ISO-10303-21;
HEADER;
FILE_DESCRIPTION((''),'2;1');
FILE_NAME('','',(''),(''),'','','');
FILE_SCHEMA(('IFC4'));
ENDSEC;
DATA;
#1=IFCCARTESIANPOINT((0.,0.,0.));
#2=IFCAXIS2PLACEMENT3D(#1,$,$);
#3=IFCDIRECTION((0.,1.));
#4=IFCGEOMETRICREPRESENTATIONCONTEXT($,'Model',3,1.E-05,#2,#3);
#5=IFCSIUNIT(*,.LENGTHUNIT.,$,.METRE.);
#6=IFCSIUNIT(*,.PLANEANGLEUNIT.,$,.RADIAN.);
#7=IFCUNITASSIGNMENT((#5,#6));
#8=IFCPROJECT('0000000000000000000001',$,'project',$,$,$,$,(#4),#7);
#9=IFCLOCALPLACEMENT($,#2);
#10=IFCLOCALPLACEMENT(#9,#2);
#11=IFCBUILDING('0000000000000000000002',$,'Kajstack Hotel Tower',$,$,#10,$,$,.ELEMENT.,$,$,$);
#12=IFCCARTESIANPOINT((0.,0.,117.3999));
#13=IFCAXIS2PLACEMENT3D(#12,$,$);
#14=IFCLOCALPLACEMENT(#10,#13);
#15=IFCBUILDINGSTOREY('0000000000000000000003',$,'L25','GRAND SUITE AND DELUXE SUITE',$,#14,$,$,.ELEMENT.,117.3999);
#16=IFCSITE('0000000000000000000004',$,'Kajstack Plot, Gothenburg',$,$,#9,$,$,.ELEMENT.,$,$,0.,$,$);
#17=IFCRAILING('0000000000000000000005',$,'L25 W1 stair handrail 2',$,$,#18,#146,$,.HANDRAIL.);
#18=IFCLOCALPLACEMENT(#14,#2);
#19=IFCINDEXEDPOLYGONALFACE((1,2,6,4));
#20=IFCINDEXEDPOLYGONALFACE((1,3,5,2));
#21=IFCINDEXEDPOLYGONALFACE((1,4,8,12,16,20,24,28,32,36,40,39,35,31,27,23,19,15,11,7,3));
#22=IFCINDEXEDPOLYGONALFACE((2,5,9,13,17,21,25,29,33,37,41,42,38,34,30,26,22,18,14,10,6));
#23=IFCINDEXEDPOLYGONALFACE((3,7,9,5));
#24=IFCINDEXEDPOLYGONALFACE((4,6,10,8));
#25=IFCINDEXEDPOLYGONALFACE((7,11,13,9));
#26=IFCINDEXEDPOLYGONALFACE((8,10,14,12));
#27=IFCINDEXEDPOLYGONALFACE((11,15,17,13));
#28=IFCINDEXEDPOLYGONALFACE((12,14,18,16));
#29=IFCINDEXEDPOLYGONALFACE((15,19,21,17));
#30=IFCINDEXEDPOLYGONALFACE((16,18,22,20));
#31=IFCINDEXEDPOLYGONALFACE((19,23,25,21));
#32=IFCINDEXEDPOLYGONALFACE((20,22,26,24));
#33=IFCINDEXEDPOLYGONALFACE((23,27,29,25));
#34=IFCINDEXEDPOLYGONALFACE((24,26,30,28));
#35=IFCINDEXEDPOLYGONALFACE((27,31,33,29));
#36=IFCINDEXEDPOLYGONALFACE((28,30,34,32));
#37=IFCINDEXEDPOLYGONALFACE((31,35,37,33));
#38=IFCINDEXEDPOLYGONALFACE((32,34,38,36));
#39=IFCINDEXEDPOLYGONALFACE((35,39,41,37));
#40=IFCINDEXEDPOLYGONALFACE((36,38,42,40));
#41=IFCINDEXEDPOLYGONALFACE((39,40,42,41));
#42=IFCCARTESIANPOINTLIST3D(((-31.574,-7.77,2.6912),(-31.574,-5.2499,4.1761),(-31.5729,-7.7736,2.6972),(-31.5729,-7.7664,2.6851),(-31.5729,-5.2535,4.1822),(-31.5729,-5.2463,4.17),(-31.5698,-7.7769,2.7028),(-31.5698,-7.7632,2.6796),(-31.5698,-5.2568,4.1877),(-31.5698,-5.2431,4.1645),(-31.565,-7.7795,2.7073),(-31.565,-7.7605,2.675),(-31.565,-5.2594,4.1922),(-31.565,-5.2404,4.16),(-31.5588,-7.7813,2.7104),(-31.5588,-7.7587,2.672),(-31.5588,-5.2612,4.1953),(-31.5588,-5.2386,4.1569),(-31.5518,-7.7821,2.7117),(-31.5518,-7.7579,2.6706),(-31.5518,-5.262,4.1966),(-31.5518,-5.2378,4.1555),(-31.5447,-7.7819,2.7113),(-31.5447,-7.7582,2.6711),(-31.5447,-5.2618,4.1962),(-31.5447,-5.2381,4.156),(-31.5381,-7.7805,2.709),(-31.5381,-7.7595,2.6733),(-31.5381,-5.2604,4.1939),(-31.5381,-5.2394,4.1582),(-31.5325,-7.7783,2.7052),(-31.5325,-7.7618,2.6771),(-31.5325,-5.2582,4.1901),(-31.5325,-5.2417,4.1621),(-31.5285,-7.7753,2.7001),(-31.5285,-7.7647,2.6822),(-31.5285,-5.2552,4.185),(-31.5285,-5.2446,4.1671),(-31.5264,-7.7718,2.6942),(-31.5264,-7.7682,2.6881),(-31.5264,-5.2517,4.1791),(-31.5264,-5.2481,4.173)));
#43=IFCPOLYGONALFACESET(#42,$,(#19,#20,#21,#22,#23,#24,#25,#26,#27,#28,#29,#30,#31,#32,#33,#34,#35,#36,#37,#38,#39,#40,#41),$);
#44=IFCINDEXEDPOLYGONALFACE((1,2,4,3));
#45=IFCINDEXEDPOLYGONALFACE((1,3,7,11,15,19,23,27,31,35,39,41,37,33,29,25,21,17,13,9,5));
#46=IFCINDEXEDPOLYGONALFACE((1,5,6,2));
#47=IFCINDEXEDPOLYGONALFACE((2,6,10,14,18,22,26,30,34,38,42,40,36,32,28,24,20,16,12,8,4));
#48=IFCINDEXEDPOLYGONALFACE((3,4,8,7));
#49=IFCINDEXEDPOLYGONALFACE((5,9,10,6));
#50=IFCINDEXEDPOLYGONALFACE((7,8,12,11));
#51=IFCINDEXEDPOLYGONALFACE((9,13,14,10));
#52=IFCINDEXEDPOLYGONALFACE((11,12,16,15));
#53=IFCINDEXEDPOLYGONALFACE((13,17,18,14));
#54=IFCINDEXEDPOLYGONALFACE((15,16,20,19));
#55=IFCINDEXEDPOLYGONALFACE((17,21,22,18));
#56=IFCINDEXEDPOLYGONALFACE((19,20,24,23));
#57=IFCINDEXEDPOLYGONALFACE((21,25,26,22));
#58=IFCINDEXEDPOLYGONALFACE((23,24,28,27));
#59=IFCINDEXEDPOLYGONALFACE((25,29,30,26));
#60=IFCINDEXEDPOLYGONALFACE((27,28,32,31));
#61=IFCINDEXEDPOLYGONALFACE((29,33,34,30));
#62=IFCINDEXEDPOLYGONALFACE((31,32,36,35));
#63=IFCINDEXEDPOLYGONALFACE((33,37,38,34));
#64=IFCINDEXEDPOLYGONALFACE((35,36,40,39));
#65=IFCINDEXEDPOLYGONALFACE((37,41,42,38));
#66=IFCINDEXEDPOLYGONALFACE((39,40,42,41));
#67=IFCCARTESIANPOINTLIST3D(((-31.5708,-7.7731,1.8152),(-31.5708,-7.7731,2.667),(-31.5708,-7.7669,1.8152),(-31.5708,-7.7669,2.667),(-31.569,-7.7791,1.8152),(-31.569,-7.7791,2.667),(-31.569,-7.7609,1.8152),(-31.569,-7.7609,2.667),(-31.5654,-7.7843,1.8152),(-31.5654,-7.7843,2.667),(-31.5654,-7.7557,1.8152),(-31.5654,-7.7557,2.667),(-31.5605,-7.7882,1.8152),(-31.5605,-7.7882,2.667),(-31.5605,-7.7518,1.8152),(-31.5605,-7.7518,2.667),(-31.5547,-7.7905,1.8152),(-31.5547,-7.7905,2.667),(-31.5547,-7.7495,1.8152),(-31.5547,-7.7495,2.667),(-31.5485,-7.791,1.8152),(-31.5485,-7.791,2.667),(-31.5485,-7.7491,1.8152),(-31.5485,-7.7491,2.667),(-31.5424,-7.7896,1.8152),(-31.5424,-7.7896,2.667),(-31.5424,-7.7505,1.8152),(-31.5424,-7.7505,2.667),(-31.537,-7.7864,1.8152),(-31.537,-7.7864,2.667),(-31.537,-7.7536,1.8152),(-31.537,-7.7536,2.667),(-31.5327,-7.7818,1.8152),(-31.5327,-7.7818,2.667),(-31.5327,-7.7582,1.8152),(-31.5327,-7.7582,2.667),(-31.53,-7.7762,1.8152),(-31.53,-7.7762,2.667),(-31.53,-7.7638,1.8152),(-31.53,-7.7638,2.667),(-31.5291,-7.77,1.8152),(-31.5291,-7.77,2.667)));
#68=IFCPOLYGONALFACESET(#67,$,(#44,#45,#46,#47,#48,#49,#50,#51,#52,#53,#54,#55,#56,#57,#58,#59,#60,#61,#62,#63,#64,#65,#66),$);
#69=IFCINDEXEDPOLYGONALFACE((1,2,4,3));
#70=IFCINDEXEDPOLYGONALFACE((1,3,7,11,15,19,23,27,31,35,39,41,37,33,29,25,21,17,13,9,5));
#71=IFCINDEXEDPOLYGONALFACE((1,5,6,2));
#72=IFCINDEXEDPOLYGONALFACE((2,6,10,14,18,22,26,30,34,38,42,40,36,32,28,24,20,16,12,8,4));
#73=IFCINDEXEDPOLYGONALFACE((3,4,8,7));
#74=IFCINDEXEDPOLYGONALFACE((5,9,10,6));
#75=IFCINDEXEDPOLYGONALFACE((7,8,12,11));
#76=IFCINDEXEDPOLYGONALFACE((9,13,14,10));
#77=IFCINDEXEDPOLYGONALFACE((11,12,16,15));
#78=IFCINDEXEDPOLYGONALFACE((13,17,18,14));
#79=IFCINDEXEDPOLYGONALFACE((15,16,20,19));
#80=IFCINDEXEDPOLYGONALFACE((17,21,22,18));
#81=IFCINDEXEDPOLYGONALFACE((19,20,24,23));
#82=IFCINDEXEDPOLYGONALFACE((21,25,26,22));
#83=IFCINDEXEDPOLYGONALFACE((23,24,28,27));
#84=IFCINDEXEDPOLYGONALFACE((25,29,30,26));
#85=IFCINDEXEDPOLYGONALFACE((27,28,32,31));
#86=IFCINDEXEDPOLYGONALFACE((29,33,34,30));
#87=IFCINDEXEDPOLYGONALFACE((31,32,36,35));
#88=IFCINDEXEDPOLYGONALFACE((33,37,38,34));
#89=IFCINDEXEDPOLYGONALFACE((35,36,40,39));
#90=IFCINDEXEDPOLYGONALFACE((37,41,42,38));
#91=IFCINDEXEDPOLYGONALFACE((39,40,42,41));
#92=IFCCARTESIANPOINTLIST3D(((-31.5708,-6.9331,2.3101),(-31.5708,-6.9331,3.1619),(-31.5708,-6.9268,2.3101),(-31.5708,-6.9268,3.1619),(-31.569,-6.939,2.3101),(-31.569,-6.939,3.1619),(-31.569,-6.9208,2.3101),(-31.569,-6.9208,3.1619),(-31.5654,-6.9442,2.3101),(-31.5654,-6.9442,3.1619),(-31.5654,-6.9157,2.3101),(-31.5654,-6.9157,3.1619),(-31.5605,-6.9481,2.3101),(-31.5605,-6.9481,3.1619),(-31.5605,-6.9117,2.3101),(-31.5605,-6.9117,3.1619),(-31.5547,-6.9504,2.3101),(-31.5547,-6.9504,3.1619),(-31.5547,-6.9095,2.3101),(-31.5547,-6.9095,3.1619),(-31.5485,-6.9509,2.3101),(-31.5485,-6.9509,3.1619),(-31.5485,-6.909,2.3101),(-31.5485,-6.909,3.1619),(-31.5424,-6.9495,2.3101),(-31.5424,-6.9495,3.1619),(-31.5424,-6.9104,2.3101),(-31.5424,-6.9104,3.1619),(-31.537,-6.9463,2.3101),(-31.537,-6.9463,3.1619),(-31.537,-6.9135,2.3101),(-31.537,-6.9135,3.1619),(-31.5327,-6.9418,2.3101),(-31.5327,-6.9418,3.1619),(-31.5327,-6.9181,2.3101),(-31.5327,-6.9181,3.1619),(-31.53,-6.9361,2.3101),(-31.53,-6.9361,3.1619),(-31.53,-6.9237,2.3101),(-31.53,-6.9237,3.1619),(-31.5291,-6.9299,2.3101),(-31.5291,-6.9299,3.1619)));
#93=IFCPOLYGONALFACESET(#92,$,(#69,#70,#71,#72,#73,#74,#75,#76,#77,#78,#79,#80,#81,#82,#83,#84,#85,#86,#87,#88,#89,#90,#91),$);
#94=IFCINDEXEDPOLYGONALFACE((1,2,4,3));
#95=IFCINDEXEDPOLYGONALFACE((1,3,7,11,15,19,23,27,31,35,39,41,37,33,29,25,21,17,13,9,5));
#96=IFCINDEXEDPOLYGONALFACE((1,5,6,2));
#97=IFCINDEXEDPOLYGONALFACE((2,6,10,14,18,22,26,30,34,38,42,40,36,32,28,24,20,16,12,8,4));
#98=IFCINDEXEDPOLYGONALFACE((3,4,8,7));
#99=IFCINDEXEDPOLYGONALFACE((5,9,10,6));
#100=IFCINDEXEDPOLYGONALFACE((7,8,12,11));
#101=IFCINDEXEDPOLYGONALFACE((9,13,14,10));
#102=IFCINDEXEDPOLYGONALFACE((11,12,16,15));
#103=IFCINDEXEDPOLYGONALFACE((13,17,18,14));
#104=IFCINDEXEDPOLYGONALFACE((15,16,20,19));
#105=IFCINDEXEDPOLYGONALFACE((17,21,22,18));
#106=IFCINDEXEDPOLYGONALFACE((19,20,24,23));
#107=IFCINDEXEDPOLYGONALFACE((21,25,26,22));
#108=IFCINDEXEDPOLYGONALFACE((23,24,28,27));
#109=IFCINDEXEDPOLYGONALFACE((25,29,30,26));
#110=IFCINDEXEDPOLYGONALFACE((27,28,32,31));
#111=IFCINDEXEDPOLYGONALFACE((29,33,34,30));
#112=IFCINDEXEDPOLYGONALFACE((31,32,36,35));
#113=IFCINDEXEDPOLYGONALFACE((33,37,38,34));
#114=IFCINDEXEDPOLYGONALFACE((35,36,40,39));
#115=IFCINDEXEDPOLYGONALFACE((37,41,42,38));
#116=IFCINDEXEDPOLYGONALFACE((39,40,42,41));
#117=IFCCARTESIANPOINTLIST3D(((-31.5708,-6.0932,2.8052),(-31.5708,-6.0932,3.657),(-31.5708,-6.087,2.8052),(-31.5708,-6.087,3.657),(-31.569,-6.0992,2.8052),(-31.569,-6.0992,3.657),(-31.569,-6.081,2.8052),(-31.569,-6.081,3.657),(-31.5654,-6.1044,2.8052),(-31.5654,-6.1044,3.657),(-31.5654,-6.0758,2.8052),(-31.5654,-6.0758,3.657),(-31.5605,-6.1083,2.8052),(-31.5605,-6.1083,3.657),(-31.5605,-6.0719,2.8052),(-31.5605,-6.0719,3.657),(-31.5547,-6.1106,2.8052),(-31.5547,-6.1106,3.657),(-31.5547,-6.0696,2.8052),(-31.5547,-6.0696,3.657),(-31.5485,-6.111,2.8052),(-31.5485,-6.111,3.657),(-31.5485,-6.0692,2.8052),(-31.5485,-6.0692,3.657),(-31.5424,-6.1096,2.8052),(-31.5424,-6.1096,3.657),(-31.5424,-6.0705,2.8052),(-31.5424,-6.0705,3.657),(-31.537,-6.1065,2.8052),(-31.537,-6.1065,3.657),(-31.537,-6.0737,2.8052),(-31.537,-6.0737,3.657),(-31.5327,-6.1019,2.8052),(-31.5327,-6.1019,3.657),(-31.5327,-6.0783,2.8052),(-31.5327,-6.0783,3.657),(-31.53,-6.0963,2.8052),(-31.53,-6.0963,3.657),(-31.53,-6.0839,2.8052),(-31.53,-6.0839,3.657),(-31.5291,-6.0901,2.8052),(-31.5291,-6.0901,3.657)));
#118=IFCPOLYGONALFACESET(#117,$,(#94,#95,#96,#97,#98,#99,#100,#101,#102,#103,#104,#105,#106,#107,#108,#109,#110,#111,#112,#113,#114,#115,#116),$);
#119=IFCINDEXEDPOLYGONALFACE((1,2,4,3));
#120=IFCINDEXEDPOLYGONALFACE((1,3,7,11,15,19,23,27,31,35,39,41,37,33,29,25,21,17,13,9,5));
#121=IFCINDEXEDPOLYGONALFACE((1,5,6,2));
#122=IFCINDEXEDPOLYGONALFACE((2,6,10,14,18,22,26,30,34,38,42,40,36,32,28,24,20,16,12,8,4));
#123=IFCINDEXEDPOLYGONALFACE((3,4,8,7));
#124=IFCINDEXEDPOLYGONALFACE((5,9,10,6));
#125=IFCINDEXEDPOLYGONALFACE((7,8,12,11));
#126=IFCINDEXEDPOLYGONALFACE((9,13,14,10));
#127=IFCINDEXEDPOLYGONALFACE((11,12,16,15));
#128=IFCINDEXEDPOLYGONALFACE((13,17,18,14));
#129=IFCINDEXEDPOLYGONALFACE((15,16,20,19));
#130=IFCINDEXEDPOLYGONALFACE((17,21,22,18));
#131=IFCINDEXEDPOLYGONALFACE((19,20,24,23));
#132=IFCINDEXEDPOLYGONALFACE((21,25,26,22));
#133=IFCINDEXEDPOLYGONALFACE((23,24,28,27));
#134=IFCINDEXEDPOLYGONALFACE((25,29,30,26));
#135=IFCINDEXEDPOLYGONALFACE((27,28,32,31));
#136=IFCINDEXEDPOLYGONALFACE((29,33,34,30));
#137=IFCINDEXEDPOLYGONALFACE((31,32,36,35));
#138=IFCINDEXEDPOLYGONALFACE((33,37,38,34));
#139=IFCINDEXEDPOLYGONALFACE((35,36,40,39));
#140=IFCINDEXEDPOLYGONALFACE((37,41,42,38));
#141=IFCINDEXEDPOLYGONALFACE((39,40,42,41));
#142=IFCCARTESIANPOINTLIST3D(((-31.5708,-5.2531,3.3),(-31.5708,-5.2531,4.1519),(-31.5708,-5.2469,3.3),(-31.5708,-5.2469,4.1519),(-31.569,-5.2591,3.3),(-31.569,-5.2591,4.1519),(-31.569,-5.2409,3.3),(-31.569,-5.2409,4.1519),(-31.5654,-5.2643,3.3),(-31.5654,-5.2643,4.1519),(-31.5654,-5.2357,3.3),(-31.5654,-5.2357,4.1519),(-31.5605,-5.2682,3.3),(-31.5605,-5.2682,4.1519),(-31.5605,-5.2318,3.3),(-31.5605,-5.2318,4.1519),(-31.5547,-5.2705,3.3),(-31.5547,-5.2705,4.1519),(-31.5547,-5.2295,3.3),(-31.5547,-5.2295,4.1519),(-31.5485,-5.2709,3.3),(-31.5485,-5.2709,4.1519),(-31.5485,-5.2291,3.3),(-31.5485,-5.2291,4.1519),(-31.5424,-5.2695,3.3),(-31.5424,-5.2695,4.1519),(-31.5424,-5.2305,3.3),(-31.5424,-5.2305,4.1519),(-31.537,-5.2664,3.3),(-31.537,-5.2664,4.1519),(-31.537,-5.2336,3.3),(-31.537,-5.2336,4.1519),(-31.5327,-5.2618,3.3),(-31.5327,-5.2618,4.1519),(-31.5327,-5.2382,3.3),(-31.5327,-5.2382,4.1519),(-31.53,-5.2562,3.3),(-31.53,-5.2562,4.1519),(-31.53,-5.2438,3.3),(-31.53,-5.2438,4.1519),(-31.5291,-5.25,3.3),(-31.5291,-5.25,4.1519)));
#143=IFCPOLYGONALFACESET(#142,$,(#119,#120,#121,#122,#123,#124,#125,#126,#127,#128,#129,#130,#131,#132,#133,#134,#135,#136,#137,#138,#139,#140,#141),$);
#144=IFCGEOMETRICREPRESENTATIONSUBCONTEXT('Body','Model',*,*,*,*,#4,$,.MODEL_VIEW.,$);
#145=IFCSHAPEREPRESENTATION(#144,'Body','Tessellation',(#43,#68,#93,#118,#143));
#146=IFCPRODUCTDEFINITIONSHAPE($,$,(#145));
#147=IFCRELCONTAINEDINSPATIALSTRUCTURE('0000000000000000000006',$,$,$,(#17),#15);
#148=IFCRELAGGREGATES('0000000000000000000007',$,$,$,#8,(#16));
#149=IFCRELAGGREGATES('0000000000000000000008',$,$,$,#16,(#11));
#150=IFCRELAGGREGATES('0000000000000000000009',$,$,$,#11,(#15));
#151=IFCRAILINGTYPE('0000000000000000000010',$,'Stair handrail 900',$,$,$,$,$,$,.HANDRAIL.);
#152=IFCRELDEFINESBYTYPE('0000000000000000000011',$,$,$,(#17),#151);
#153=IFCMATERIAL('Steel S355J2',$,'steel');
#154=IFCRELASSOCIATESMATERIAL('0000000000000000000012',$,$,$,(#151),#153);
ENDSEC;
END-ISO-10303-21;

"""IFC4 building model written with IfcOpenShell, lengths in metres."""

from ifc_helpers import new_model, si_unit, direction, frame, origin, origin_2d, place, context, subcontext, project, spatial, circle, extrude, material, type_object, element, save


model = new_model("IFC4")

# Units and contexts
model_context = context("Model", 3, precision=1e-05, world=origin(), true_north=direction((0.0, 1.0)))
body_context = subcontext(model_context, "Body", "Model", "MODEL_VIEW")
ifc_project = project(units=[si_unit("LENGTHUNIT", "METRE"), si_unit("PLANEANGLEUNIT", "RADIAN")], contexts=[model_context])

# Site, building, storey
site_placement = place(None, origin())
site = spatial("IfcSite", under=ifc_project, at=site_placement, Name="Kajstack Plot, Gothenburg", CompositionType="ELEMENT", RefElevation=0.0)
building_placement = place(site_placement, origin())
building = spatial("IfcBuilding", under=site, at=building_placement, Name="Kajstack Hotel Tower", CompositionType="ELEMENT")
storey_placement = place(building_placement, frame((0.0, 0.0, 117.3999)))
storey = spatial("IfcBuildingStorey", under=building, at=storey_placement, Name="L25", Description="GRAND SUITE AND DELUXE SUITE", CompositionType="ELEMENT", Elevation=117.3999)

# Railing
ifc_material_1 = material(Name="Steel S355J2", Category="steel")
railing_type_1 = type_object("IfcRailingType", Name="Stair handrail 900", PredefinedType="HANDRAIL", material=ifc_material_1)
railing_1_placement = place(storey_placement, frame((-31.55, -7.77, 1.8152)))
element("IfcRailing", 1, at=railing_1_placement, inside=storey, type_object=railing_type_1, Name="L25 W1 stair handrail 2", PredefinedType="HANDRAIL", context=body_context, shape_type="SweptSolid", body=[
    extrude(circle(Radius=0.0239, at=origin_2d()), frame((0.0, 0.0, 0.876), z_axis=(0.0, 0.861561, 0.507655), x_axis=(-1.0, 0.0, 0.0)), (0.0, 0.0, 1.0), 2.925),
    extrude(circle(Radius=0.021, at=origin_2d()), origin(), (0.0, 0.0, 1.0), 0.8518),
    extrude(circle(Radius=0.021, at=origin_2d()), frame((0.0, 0.8401, 0.4949)), (0.0, 0.0, 1.0), 0.8518),
    extrude(circle(Radius=0.021, at=origin_2d()), frame((0.0, 1.6799, 0.99)), (0.0, 0.0, 1.0), 0.8518),
    extrude(circle(Radius=0.021, at=origin_2d()), frame((0.0, 2.52, 1.4849)), (0.0, 0.0, 1.0), 0.8518),
])

save(model, "model.ifc")
